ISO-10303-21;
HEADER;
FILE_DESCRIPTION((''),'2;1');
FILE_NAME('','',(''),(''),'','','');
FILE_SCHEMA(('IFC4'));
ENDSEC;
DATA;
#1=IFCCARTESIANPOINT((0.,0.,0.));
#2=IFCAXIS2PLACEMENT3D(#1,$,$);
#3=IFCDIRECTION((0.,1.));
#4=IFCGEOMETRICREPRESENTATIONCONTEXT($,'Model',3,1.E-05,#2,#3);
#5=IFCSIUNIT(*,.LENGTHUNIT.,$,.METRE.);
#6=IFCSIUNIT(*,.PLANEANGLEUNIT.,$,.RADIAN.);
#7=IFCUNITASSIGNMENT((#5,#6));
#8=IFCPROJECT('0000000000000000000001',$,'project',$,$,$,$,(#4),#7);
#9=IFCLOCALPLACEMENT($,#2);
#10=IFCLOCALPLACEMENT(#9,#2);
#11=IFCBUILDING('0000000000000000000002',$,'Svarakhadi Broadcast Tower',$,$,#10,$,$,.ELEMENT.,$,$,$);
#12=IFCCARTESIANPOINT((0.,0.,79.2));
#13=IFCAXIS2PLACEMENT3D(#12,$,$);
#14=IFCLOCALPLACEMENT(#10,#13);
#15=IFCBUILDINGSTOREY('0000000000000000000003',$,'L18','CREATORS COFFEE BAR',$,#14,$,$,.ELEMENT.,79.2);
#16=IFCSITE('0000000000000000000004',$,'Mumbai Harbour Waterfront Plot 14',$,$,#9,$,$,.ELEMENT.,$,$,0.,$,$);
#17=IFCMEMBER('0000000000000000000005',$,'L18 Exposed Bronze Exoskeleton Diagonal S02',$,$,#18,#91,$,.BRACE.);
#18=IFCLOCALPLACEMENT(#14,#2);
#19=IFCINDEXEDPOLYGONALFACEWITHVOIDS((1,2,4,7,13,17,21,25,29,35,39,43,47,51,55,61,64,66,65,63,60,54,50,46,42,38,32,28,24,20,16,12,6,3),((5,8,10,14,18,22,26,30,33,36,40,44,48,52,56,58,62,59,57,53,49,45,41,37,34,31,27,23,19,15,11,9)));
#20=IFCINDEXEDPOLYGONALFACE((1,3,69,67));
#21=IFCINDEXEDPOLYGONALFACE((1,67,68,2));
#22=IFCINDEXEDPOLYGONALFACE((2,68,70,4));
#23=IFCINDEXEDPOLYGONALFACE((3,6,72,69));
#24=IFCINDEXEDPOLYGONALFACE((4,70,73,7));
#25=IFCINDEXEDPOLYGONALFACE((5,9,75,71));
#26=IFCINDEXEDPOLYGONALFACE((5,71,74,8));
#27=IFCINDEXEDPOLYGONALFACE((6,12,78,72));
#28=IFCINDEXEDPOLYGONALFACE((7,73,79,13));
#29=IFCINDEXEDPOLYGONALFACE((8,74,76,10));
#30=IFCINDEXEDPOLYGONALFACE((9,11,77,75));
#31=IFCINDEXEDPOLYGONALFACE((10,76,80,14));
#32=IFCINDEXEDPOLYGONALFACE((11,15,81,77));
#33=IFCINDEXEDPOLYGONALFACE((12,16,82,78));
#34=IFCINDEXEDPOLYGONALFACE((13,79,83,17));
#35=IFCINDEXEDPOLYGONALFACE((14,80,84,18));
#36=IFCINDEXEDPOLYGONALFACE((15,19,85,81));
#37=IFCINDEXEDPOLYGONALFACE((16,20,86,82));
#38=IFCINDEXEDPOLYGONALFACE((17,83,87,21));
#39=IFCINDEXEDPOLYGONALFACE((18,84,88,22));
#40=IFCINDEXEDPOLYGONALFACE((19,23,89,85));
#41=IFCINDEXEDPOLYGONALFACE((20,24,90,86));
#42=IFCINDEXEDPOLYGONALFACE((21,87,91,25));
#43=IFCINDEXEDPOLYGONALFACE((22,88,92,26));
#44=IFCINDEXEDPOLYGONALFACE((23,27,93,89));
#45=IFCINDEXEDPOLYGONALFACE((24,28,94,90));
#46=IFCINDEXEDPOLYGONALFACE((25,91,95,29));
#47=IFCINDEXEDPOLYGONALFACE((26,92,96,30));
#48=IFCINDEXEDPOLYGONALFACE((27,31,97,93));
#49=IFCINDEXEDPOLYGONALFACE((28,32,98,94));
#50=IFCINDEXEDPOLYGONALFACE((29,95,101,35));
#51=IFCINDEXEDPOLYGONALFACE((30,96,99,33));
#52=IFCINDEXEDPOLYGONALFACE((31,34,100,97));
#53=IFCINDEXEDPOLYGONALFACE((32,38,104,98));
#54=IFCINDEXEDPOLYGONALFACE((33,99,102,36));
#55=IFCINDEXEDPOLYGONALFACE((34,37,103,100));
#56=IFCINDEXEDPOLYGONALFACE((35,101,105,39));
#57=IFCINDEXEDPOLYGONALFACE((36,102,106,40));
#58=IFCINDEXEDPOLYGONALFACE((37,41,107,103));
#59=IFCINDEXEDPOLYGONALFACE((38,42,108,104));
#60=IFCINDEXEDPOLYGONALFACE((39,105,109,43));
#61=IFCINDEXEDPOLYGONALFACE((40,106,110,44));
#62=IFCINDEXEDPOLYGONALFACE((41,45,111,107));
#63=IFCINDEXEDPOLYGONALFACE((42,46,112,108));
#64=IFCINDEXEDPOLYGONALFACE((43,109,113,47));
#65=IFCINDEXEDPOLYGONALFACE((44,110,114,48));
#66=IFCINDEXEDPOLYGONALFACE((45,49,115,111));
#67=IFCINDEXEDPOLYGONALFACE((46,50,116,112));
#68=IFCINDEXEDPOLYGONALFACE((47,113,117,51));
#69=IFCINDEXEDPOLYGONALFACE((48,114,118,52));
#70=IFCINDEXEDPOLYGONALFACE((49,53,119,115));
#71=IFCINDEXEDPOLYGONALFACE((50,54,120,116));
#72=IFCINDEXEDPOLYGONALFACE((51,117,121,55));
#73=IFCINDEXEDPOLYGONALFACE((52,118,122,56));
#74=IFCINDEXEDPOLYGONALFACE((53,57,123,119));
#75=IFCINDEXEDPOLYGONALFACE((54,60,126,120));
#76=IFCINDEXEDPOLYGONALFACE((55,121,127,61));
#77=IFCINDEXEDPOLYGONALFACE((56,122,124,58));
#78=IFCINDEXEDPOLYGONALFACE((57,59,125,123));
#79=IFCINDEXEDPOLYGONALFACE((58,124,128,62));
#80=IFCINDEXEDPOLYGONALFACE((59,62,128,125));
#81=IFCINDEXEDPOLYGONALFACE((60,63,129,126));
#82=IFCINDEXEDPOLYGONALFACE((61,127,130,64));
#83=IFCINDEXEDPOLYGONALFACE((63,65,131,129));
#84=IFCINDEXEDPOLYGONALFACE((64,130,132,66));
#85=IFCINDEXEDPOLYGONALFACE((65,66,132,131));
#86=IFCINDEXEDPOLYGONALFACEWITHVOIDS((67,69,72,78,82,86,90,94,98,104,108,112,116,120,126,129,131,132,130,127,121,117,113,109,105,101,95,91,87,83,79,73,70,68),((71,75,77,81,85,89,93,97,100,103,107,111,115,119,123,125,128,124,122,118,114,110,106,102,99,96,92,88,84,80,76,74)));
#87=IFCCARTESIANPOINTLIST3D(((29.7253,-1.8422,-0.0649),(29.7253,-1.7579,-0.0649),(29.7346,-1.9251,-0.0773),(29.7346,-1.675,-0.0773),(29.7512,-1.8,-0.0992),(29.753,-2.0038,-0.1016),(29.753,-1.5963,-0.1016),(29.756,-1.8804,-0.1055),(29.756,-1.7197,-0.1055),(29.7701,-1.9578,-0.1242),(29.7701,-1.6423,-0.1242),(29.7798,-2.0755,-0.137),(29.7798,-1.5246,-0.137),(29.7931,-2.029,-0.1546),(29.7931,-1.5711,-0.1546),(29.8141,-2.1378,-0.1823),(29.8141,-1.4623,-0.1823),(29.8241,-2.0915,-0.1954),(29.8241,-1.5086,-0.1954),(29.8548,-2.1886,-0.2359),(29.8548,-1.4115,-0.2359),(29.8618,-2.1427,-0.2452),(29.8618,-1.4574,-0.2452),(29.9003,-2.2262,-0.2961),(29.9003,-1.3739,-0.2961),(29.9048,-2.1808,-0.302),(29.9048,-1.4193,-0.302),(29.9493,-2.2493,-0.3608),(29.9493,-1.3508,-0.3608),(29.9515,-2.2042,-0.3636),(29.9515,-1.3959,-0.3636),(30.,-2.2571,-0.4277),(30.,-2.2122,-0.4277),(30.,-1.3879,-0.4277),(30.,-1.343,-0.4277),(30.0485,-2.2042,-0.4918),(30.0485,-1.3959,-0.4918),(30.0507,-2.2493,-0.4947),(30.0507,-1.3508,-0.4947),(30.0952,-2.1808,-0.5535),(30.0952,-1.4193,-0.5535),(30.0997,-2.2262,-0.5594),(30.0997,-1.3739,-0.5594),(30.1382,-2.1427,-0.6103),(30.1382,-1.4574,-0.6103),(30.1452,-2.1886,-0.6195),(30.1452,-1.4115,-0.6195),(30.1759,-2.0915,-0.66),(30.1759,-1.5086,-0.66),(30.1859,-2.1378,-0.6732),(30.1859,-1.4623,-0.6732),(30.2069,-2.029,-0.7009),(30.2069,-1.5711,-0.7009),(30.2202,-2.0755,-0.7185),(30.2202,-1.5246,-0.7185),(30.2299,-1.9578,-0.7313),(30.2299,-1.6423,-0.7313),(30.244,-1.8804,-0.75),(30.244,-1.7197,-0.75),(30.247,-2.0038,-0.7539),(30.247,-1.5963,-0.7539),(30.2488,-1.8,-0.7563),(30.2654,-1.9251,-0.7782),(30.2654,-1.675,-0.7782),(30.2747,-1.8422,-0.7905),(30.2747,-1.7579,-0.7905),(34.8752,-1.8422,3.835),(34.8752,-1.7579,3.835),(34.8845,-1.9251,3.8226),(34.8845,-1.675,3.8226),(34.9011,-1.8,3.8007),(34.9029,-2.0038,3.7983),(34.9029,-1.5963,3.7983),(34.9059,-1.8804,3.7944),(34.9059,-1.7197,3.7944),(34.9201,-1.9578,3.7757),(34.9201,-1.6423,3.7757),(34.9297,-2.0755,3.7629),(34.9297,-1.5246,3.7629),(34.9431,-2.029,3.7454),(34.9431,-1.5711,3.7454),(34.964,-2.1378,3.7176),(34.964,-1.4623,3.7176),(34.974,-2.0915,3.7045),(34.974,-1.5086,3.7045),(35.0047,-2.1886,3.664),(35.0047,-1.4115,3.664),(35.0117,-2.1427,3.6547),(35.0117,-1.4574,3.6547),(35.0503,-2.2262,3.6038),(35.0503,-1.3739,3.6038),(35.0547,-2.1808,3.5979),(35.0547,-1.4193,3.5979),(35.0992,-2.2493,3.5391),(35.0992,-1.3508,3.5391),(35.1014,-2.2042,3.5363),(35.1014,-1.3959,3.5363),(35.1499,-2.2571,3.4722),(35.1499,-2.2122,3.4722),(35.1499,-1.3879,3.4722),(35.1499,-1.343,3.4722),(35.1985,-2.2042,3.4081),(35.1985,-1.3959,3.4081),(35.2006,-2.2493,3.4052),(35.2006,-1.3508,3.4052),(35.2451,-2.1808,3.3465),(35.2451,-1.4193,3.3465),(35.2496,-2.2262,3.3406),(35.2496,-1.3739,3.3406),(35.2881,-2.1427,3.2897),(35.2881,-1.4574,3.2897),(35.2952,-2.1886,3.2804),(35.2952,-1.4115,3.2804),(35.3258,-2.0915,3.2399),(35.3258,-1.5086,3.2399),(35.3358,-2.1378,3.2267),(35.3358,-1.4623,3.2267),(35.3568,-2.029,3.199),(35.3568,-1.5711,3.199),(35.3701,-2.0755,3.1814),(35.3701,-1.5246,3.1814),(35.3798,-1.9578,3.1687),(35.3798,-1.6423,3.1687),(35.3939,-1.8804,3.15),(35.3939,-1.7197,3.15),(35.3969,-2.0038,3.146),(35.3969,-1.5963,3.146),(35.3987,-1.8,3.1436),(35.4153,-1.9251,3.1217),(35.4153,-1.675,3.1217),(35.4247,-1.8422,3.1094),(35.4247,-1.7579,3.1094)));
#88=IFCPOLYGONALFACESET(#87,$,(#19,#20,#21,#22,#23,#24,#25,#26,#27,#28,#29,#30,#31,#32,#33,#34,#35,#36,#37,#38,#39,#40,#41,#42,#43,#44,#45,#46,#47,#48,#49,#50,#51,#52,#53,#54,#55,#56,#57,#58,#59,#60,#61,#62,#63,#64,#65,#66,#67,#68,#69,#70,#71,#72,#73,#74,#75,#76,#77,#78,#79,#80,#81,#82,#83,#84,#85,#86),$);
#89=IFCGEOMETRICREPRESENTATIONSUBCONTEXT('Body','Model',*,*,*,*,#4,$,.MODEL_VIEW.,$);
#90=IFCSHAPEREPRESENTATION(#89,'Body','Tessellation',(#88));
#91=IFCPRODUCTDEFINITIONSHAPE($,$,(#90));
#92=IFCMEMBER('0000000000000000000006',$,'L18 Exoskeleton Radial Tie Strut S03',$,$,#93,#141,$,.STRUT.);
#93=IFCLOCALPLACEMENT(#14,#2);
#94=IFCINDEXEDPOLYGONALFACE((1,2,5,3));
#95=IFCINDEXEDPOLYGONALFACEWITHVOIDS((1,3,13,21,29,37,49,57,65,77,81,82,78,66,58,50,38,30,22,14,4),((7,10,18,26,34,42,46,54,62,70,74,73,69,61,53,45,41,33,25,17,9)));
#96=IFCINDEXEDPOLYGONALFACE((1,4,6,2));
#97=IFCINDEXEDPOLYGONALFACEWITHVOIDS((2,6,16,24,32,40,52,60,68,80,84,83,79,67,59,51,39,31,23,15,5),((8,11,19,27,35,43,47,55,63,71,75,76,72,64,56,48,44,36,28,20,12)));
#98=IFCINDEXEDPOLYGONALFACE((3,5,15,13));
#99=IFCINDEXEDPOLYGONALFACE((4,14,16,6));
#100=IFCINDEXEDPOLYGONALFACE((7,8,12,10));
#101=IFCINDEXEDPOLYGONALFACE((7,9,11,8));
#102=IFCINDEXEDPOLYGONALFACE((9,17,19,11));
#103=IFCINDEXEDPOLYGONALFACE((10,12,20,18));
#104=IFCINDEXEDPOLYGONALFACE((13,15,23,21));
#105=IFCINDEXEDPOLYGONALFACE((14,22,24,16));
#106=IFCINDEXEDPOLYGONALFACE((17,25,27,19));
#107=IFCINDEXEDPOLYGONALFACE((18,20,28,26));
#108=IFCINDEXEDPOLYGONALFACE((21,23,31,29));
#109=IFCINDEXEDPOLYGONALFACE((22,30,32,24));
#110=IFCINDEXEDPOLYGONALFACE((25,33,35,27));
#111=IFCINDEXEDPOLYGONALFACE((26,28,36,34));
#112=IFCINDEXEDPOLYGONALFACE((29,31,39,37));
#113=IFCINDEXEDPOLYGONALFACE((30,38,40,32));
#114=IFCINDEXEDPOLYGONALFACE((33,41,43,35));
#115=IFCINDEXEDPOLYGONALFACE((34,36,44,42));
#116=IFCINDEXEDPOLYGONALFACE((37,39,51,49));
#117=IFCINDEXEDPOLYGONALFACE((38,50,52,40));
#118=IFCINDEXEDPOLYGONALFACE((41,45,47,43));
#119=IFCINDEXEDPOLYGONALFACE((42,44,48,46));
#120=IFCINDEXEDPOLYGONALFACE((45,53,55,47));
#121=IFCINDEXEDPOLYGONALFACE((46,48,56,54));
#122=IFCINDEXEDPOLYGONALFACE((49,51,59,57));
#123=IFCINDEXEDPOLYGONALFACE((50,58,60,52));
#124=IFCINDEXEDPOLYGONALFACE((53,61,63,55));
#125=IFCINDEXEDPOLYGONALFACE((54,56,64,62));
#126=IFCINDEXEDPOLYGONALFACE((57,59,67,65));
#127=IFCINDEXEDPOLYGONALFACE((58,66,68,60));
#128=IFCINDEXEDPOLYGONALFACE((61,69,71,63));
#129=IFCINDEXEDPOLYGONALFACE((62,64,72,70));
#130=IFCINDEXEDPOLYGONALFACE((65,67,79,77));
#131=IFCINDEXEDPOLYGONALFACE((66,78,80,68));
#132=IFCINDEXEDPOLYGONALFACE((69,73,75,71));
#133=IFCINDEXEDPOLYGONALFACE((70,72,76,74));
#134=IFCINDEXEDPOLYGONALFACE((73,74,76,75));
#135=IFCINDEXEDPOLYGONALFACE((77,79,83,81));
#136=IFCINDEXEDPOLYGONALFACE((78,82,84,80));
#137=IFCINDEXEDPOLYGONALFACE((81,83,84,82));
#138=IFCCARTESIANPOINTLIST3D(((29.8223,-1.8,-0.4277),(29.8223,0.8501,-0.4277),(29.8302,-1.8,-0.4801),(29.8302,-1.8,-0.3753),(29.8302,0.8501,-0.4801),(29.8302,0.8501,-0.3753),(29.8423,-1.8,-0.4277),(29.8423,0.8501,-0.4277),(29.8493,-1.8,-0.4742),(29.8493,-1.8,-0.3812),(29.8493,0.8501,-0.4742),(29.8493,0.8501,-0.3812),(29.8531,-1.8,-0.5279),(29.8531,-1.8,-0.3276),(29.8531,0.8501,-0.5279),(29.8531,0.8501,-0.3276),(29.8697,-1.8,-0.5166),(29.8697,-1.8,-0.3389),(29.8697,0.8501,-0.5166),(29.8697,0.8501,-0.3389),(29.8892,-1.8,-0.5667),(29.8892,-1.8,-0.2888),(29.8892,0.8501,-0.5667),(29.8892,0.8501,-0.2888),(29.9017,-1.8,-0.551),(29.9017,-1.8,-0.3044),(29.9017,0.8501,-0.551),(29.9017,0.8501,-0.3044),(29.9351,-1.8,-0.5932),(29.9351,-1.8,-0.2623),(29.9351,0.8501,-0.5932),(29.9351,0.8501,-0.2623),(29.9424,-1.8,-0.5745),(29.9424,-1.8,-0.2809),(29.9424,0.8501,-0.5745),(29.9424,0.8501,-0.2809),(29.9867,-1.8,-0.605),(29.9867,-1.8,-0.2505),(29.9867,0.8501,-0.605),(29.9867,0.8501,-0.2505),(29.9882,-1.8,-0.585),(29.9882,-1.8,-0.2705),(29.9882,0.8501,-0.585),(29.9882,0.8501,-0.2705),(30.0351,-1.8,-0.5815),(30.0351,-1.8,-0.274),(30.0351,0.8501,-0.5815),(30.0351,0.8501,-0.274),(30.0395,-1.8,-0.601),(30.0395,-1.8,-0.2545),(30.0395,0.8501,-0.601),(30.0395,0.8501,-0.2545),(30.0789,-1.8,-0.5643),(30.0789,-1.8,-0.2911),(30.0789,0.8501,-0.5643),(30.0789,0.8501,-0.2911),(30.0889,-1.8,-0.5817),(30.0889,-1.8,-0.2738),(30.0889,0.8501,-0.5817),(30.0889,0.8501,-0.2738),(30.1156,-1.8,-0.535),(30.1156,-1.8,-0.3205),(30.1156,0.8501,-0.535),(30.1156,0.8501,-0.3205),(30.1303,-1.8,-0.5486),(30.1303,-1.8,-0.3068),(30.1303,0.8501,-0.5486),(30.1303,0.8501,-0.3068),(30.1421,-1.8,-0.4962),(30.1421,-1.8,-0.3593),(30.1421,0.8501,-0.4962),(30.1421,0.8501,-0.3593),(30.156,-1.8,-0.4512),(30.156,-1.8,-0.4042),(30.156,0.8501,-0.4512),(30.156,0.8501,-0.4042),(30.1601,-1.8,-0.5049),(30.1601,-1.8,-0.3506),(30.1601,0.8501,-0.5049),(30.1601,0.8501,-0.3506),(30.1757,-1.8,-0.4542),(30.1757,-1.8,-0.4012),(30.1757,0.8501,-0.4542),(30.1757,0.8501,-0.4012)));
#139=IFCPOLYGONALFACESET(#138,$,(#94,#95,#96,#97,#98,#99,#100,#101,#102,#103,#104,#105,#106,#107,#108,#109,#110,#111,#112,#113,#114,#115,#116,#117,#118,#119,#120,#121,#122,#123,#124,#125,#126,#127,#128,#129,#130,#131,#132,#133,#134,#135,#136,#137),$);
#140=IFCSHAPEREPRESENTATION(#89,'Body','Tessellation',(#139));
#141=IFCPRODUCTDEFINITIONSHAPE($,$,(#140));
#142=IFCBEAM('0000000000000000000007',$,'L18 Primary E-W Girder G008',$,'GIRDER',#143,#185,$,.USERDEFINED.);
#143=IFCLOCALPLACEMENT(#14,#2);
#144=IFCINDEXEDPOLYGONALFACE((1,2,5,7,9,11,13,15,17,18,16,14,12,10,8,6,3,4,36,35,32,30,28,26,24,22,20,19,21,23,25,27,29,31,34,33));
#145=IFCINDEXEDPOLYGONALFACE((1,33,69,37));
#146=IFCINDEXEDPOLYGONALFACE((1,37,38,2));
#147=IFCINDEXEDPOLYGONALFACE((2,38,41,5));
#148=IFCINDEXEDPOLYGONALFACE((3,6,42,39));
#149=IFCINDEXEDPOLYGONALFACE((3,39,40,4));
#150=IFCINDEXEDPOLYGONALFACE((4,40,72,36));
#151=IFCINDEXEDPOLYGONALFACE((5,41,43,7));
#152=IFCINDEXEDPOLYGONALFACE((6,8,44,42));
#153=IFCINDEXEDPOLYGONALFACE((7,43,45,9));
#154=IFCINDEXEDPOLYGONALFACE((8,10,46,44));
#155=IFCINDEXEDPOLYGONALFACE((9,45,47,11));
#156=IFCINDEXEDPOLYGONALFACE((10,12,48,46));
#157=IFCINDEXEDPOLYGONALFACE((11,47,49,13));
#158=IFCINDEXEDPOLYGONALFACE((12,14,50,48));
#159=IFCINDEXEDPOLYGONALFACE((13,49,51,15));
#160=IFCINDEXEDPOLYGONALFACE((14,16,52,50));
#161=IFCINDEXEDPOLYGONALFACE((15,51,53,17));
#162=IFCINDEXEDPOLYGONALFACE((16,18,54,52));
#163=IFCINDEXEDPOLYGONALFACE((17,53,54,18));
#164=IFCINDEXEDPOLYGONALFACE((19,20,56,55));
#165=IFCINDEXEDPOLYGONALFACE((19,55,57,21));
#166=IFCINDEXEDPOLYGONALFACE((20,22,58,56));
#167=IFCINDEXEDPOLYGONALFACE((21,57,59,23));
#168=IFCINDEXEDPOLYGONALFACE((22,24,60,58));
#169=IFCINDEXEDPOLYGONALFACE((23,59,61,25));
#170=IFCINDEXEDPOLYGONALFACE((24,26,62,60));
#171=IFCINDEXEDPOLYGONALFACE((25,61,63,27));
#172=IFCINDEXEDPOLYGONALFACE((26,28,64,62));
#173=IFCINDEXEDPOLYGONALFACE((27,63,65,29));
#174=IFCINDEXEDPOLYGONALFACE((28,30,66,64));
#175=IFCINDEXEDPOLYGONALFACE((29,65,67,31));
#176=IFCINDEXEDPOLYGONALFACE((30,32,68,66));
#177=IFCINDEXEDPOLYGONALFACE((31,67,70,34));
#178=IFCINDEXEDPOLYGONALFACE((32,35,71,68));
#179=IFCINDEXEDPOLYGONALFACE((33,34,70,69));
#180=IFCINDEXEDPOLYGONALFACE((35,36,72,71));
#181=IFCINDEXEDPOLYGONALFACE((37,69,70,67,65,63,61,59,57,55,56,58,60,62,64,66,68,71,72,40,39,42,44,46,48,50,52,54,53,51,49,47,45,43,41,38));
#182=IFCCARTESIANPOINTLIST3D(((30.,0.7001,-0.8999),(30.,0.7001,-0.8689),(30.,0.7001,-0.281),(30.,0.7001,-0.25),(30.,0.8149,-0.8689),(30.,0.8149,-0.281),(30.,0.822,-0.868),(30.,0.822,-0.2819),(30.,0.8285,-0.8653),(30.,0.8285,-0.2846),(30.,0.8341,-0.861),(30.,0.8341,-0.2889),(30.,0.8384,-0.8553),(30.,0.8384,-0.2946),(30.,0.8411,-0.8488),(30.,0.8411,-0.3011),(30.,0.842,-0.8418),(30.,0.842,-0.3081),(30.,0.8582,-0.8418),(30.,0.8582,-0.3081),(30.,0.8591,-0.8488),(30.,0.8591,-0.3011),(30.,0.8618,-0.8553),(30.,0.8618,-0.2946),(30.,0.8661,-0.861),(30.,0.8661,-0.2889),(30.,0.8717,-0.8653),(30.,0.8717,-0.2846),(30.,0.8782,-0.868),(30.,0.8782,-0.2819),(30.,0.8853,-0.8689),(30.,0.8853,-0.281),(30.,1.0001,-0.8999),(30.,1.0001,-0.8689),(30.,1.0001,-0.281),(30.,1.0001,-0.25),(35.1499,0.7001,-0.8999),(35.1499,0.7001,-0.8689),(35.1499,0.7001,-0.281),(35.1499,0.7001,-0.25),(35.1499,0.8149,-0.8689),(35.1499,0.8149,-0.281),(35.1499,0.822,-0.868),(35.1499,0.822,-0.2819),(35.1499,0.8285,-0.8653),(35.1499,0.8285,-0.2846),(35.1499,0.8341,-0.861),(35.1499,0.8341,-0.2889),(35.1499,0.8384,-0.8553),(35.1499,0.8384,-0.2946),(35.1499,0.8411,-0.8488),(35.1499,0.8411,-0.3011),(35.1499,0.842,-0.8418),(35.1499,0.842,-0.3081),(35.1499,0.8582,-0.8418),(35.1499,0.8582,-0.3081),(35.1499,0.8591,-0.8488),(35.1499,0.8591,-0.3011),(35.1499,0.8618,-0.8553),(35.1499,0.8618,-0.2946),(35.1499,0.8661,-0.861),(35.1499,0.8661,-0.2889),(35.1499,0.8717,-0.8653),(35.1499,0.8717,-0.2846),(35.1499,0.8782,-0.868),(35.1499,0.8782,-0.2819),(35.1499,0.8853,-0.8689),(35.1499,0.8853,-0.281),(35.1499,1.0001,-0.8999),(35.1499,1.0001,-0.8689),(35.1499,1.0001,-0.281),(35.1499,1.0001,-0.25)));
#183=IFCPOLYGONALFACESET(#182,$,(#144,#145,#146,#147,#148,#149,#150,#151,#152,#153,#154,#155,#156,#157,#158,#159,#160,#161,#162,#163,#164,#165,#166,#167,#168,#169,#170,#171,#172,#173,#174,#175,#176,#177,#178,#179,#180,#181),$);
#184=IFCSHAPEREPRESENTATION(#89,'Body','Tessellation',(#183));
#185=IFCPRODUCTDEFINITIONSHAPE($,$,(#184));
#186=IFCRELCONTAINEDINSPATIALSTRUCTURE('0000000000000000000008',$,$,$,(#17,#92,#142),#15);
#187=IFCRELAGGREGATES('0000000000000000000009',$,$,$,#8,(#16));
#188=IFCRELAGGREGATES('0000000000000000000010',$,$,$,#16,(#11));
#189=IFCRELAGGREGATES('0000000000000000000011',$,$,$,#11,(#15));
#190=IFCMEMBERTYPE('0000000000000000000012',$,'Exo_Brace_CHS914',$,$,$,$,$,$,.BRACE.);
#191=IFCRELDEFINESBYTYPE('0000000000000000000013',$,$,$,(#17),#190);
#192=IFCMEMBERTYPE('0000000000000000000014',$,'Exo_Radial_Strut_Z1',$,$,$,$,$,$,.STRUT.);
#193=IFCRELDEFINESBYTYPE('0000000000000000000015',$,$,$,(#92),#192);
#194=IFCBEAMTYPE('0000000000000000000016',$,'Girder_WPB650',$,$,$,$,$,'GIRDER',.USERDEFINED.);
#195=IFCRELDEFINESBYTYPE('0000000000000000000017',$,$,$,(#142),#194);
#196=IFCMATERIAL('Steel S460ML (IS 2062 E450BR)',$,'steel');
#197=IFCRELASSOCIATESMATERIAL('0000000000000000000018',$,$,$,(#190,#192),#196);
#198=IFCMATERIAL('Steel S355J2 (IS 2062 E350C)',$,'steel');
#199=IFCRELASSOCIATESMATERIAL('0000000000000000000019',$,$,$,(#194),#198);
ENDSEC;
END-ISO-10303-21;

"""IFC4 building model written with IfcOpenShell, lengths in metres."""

from ifc_helpers import new_model, si_unit, direction, frame, origin, origin_2d, place, context, subcontext, project, spatial, hollow_circle, i_section, extrude, material, material_profile, profile_set, type_object, element, save


model = new_model("IFC4")

# Units and contexts
model_context = context("Model", 3, precision=1e-05, world=origin(), true_north=direction((0.0, 1.0)))
body_context = subcontext(model_context, "Body", "Model", "MODEL_VIEW")
ifc_project = project(units=[si_unit("LENGTHUNIT", "METRE"), si_unit("PLANEANGLEUNIT", "RADIAN")], contexts=[model_context])

# Site, building, storey
site_placement = place(None, origin())
site = spatial("IfcSite", under=ifc_project, at=site_placement, Name="Mumbai Harbour Waterfront Plot 14", CompositionType="ELEMENT", RefElevation=0.0)
building_placement = place(site_placement, origin())
building = spatial("IfcBuilding", under=site, at=building_placement, Name="Svarakhadi Broadcast Tower", CompositionType="ELEMENT")
storey_placement = place(building_placement, frame((0.0, 0.0, 79.2)))
storey = spatial("IfcBuildingStorey", under=building, at=storey_placement, Name="L18", Description="CREATORS COFFEE BAR", CompositionType="ELEMENT", Elevation=79.2)

# Shared definitions
ifc_material_1 = material(Name="Steel S460ML (IS 2062 E450BR)", Category="steel")

# Shared definitions
ifc_material_2 = material(Name="Steel S355J2 (IS 2062 E350C)", Category="steel")

# Members
ifc_material_profile_1 = material_profile(ifc_material_1, hollow_circle(Radius=0.457, WallThickness=0.0449, at=origin_2d()), Name="CHS 914x45")
ifc_profile_set_1 = profile_set([ifc_material_profile_1], Name="Steel S460ML (IS 2062 E450BR)")
member_type_1 = type_object("IfcMemberType", Name="Exo_Brace_CHS914", PredefinedType="BRACE", material=ifc_profile_set_1)
member_1_placement = place(storey_placement, frame((30.0, -1.8, -0.4277), z_axis=(0.797207, 0.0, 0.603706), x_axis=(0.0, 1.0, 0.0)))
element("IfcMember", 1, at=member_1_placement, inside=storey, type_object=member_type_1, Name="L18 Exposed Bronze Exoskeleton Diagonal S02", PredefinedType="BRACE", context=body_context, shape_type="SweptSolid", body=[
    extrude(hollow_circle(Radius=0.457, WallThickness=0.0449, at=origin_2d()), origin(), (0.0, 0.0, 1.0), 6.46),
])
ifc_material_profile_2 = material_profile(ifc_material_1, hollow_circle(Radius=0.1777, WallThickness=0.02, at=origin_2d()), Name="CHS 355.6x20")
ifc_profile_set_2 = profile_set([ifc_material_profile_2], Name="Steel S460ML (IS 2062 E450BR)")
member_type_2 = type_object("IfcMemberType", Name="Exo_Radial_Strut_Z1", PredefinedType="STRUT", material=ifc_profile_set_2)
member_2_placement = place(storey_placement, frame((30.0, -1.8, -0.4277), z_axis=(0.0, 1.0, 0.0), x_axis=(-1.0, 0.0, 0.0)))
element("IfcMember", 2, at=member_2_placement, inside=storey, type_object=member_type_2, Name="L18 Exoskeleton Radial Tie Strut S03", PredefinedType="STRUT", context=body_context, shape_type="SweptSolid", body=[
    extrude(hollow_circle(Radius=0.1777, WallThickness=0.02, at=origin_2d()), origin(), (0.0, 0.0, 1.0), 2.6501),
])

# Beam
ifc_material_profile_3 = material_profile(ifc_material_2, i_section(OverallWidth=0.3, OverallDepth=0.6499, WebThickness=0.0161, FlangeThickness=0.031, FilletRadius=0.0271, at=origin_2d()), Name="WPB 650x300x225")
ifc_profile_set_3 = profile_set([ifc_material_profile_3], Name="Steel S355J2 (IS 2062 E350C)")
beam_type_1 = type_object("IfcBeamType", Name="Girder_WPB650", ElementType="GIRDER", PredefinedType="USERDEFINED", material=ifc_profile_set_3)
beam_1_placement = place(storey_placement, frame((30.0, 0.8501, -0.575), z_axis=(1.0, 0.0, 0.0), x_axis=(0.0, 1.0, 0.0)))
element("IfcBeam", 3, at=beam_1_placement, inside=storey, type_object=beam_type_1, Name="L18 Primary E-W Girder G008", ObjectType="GIRDER", PredefinedType="USERDEFINED", context=body_context, shape_type="SweptSolid", body=[
    extrude(i_section(OverallWidth=0.3, OverallDepth=0.6499, WebThickness=0.0161, FlangeThickness=0.031, FilletRadius=0.0271, at=origin_2d()), origin(), (0.0, 0.0, 1.0), 5.1499),
])

save(model, "model.ifc")
